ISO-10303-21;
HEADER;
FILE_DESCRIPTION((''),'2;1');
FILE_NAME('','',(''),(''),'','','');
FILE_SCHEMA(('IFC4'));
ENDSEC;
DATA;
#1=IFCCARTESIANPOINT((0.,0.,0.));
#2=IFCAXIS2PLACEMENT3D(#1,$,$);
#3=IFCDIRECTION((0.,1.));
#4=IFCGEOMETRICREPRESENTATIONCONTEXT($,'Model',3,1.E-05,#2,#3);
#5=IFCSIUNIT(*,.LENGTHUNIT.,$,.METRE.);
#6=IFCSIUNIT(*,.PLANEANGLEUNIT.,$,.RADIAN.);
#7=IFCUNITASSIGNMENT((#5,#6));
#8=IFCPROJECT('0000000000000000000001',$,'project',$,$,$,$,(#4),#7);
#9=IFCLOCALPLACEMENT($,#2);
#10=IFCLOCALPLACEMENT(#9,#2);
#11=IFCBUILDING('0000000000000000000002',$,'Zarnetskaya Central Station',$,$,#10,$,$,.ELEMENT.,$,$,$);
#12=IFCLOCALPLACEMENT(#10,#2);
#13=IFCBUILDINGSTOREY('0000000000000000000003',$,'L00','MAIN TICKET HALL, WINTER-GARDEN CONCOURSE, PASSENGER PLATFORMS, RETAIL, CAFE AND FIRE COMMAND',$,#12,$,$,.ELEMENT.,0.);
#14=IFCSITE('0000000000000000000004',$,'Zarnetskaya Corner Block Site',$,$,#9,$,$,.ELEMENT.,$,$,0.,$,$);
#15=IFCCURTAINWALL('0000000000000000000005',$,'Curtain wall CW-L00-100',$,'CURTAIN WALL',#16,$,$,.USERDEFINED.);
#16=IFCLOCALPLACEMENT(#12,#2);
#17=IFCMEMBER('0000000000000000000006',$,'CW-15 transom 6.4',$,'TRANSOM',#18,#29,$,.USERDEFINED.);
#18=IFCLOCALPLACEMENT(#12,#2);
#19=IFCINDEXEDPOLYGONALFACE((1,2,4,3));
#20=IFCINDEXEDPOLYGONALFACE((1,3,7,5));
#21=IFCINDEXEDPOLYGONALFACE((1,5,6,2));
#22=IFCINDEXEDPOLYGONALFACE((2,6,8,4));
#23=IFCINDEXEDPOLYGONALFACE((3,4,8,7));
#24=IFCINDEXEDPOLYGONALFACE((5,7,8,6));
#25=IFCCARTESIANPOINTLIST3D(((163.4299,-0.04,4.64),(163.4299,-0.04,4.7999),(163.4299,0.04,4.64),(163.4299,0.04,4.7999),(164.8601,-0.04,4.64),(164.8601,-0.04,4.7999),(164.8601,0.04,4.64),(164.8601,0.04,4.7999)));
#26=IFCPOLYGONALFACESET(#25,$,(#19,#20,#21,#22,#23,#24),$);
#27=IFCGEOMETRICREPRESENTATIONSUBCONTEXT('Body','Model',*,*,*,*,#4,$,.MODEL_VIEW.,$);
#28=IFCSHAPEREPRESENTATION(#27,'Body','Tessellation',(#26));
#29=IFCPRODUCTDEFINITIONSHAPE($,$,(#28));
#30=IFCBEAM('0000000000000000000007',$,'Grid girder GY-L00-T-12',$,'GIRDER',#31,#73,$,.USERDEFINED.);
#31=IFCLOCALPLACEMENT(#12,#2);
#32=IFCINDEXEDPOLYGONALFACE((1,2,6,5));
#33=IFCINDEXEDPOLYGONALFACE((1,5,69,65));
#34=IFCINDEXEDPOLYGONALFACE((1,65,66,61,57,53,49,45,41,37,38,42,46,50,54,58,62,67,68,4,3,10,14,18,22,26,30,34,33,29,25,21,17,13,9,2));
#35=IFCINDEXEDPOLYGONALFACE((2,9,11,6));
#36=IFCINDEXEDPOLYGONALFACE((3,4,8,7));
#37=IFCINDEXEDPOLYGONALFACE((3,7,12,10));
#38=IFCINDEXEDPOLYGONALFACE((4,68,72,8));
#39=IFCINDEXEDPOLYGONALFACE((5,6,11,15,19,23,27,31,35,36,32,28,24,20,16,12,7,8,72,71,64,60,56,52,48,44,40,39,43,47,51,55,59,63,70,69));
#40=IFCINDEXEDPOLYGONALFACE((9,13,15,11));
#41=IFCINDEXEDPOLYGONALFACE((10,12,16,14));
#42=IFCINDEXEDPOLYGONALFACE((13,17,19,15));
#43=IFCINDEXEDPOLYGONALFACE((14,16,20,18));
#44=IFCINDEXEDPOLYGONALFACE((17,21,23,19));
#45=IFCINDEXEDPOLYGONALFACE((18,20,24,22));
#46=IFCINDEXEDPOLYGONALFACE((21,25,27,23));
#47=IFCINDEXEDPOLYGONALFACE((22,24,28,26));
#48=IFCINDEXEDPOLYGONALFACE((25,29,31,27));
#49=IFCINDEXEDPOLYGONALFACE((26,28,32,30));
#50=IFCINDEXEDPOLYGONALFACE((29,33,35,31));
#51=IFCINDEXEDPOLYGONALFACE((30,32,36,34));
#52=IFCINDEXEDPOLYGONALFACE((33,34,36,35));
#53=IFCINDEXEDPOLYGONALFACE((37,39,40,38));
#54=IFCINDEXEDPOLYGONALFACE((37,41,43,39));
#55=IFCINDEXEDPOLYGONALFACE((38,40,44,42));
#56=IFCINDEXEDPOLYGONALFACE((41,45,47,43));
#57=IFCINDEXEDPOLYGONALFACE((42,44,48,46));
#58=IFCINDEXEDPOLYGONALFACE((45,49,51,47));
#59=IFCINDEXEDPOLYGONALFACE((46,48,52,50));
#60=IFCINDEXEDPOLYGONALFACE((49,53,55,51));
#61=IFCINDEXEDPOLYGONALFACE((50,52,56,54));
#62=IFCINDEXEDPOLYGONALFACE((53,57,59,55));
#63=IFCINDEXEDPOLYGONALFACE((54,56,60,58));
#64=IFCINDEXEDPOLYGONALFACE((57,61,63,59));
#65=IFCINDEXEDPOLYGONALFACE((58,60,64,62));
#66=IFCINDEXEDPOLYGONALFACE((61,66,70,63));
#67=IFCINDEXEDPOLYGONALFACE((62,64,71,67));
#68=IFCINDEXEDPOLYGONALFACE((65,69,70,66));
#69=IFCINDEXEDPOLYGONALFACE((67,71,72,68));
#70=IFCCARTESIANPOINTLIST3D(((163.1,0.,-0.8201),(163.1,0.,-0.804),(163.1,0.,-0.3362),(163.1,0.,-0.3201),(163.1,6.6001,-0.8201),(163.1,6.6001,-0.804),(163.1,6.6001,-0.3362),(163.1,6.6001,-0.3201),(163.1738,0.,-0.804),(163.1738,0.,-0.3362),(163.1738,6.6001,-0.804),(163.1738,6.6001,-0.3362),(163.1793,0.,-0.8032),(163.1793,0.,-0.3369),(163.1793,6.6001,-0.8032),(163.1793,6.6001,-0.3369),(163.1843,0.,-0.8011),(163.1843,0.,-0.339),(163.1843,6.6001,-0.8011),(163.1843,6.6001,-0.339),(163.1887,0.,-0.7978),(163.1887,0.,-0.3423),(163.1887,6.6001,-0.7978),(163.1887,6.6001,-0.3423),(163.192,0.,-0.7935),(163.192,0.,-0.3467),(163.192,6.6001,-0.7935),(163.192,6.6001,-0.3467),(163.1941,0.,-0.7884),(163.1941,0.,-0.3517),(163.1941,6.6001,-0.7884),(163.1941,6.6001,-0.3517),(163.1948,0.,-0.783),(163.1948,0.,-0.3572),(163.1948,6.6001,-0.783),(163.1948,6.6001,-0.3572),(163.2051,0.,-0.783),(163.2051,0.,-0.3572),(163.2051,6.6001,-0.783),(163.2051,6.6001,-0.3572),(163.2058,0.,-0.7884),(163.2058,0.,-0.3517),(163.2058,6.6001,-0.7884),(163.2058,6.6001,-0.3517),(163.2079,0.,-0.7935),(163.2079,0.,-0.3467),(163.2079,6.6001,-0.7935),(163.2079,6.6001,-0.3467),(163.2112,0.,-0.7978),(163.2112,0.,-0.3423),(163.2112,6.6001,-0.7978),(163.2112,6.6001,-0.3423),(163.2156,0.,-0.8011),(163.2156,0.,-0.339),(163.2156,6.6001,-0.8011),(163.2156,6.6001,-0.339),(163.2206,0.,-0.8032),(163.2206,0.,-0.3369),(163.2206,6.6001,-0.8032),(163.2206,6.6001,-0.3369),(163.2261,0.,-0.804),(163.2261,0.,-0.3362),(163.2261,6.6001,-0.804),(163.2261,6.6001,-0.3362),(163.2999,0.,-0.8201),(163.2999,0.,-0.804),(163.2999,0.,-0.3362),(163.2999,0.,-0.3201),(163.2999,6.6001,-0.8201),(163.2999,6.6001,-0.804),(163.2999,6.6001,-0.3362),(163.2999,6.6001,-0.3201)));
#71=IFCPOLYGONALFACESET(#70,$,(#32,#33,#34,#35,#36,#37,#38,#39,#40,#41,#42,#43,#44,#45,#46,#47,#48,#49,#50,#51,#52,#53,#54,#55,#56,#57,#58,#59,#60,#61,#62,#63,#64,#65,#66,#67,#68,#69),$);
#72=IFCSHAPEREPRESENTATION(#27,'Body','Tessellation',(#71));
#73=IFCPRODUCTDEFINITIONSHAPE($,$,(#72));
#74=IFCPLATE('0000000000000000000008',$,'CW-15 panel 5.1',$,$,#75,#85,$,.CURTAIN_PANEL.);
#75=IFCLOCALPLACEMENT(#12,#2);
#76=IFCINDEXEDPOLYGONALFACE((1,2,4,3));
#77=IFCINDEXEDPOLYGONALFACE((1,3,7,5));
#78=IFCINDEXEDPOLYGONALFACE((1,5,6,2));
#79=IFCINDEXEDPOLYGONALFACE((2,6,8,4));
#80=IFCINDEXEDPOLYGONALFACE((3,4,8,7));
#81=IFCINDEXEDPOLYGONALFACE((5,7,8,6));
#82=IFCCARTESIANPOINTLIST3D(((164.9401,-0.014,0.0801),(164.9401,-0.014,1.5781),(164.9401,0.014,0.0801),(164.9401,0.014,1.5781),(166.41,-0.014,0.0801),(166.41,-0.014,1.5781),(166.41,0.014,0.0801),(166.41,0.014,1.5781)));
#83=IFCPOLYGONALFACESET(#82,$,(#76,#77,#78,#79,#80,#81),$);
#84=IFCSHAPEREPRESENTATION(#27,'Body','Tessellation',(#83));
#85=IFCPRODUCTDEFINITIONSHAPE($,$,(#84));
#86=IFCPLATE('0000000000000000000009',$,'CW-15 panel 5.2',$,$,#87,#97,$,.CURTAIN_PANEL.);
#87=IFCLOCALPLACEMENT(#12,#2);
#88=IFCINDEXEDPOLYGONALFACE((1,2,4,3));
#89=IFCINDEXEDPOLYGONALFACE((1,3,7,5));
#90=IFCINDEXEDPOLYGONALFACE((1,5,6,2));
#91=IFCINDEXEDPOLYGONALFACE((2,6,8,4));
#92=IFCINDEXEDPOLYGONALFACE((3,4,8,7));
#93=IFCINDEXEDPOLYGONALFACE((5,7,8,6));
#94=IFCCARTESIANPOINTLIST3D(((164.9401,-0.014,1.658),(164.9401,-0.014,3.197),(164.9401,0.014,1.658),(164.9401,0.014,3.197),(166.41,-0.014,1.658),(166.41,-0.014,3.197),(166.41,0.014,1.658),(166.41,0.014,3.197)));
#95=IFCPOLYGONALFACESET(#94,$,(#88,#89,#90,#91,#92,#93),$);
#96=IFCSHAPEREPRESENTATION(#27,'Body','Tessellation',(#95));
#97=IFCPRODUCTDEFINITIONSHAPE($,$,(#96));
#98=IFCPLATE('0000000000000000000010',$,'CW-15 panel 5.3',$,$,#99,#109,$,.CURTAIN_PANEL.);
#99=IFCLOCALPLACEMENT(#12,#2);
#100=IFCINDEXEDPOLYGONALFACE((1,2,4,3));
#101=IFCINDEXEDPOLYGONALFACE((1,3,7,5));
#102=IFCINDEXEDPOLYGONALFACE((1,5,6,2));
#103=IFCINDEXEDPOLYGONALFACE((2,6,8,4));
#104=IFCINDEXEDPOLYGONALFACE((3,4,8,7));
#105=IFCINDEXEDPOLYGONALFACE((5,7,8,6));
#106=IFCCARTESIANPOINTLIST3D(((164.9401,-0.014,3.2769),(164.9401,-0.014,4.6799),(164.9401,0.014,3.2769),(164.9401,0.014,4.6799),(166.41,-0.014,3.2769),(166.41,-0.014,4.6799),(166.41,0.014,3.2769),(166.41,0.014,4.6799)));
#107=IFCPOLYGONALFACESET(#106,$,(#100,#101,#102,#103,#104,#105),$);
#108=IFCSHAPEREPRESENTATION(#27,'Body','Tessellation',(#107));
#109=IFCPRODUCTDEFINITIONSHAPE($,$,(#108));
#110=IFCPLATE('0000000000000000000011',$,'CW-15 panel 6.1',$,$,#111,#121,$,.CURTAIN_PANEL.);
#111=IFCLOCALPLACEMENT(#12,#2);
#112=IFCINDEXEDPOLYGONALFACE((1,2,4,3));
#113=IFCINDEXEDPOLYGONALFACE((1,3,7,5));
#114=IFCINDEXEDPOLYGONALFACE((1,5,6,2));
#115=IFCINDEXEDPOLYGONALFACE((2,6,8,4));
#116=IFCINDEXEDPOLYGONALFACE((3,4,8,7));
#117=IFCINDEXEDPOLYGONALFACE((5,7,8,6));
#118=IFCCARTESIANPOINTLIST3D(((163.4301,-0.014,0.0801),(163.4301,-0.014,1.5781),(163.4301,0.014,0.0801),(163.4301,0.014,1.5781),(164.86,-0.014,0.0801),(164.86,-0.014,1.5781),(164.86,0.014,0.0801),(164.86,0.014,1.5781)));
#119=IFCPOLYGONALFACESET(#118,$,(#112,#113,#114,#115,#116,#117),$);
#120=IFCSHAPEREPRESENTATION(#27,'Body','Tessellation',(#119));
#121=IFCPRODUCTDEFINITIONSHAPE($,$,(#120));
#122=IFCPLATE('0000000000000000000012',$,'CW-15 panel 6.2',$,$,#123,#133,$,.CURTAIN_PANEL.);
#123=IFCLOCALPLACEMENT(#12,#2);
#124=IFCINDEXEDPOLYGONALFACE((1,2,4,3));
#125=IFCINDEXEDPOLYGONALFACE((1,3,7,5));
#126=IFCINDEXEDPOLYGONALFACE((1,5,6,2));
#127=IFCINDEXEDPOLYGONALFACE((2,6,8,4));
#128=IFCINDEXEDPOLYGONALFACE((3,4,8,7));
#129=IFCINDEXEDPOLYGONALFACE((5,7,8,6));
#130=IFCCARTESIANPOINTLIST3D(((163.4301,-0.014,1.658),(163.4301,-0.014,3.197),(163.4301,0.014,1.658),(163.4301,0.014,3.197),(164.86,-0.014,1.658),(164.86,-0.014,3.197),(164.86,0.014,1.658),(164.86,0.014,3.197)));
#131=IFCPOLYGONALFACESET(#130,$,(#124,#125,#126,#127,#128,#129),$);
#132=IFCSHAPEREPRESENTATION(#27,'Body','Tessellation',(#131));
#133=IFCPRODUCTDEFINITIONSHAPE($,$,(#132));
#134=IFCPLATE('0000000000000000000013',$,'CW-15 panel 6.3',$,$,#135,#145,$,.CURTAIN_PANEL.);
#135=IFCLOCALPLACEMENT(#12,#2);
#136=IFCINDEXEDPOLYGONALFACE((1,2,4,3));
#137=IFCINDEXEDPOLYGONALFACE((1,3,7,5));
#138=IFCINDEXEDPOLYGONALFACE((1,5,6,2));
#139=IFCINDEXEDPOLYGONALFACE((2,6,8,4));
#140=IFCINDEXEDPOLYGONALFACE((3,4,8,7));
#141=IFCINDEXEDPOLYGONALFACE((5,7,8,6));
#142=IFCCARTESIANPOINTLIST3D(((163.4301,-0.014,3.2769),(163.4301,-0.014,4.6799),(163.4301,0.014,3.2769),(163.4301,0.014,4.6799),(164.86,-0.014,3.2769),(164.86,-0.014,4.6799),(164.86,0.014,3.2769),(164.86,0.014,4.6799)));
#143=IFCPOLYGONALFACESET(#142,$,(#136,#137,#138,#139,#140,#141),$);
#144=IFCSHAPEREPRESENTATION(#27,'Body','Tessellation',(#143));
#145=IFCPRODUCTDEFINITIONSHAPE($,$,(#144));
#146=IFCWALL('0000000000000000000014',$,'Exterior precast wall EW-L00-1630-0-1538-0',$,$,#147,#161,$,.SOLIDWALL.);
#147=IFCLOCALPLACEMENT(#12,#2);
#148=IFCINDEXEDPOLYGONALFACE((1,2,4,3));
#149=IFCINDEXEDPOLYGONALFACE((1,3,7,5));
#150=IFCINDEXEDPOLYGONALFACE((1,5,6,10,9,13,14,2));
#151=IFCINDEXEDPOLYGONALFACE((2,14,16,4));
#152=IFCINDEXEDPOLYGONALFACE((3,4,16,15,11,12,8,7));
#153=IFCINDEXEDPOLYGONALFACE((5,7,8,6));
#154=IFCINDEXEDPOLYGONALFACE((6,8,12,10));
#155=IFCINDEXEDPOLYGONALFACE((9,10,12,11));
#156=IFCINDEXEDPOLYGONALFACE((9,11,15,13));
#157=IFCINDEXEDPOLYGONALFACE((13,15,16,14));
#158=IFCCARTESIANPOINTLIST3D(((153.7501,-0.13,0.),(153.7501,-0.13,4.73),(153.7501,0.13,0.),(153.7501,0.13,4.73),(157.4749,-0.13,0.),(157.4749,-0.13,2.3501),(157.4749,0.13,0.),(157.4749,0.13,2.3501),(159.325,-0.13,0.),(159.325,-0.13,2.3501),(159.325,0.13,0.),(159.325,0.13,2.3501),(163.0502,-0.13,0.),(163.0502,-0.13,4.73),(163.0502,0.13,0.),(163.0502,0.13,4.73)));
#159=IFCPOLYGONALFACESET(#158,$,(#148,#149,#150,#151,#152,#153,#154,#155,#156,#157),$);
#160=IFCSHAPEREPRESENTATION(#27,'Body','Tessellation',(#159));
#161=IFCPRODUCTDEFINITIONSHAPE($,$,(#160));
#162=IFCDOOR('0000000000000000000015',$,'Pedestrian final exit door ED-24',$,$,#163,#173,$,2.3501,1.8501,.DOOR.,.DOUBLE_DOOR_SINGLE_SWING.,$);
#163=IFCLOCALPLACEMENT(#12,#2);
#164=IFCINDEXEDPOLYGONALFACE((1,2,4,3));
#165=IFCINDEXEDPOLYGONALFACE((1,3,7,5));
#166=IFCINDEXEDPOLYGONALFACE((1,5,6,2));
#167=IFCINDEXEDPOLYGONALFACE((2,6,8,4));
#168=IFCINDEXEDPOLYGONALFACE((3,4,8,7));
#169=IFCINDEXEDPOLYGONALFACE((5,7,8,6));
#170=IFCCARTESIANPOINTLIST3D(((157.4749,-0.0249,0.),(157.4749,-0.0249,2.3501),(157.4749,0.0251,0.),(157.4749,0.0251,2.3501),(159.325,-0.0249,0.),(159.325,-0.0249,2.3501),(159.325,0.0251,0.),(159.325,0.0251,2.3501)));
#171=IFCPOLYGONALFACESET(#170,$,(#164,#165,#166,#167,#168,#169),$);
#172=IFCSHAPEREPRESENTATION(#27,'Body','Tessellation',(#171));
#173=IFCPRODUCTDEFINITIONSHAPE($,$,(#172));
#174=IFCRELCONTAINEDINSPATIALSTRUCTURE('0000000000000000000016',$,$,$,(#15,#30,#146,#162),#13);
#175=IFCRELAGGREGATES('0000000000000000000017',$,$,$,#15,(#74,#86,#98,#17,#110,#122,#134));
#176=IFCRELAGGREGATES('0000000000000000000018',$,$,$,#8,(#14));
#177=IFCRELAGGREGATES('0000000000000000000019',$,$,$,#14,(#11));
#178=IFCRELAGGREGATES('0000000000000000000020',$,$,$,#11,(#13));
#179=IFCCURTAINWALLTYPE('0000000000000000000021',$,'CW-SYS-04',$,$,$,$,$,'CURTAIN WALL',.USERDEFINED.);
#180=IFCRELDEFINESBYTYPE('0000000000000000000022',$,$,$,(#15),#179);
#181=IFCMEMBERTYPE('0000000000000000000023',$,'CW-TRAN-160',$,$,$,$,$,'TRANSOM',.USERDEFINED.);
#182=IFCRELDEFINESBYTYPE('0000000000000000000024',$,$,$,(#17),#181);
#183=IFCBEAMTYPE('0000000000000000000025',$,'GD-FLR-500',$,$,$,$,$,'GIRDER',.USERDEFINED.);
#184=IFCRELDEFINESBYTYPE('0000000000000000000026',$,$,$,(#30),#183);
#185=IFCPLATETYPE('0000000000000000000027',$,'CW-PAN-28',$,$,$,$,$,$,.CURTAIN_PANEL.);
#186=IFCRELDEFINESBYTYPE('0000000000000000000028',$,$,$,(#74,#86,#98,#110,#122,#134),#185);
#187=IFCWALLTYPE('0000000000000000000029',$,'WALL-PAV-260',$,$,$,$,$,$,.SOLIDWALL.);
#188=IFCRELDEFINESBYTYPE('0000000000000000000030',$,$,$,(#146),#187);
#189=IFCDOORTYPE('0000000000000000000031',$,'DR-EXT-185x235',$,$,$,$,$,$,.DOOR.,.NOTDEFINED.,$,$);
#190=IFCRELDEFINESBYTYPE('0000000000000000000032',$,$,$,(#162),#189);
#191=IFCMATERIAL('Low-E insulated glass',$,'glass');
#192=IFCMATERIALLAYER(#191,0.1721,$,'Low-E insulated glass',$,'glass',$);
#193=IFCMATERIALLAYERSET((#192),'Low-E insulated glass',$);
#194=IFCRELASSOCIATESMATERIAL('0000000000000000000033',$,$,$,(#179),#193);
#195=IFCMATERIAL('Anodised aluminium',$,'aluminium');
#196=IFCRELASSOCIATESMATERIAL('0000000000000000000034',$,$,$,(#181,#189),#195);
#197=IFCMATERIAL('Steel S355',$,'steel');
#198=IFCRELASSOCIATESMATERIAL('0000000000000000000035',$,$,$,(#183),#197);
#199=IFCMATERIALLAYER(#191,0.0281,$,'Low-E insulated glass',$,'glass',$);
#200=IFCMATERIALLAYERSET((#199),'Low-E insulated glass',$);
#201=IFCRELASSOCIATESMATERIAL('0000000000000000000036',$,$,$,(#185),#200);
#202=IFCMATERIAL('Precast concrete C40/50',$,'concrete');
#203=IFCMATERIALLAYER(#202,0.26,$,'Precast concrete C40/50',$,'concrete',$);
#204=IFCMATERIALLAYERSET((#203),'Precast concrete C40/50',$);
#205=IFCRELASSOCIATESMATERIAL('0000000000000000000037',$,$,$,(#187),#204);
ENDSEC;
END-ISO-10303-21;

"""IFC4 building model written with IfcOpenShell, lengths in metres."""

from ifc_helpers import new_model, si_unit, direction, frame, frame_2d, origin, origin_2d, place, context, subcontext, project, spatial, rectangle, i_section, extrude, material, layer, layer_set, material_profile, profile_set, type_object, element, fill, aggregate, save


model = new_model("IFC4")

# Units and contexts
model_context = context("Model", 3, precision=1e-05, world=origin(), true_north=direction((0.0, 1.0)))
body_context = subcontext(model_context, "Body", "Model", "MODEL_VIEW")
ifc_project = project(units=[si_unit("LENGTHUNIT", "METRE"), si_unit("PLANEANGLEUNIT", "RADIAN")], contexts=[model_context])

# Site, building, storey
site_placement = place(None, origin())
site = spatial("IfcSite", under=ifc_project, at=site_placement, Name="Zarnetskaya Corner Block Site", CompositionType="ELEMENT", RefElevation=0.0)
building_placement = place(site_placement, origin())
building = spatial("IfcBuilding", under=site, at=building_placement, Name="Zarnetskaya Central Station", CompositionType="ELEMENT")
storey_placement = place(building_placement, origin())
storey = spatial("IfcBuildingStorey", under=building, at=storey_placement, Name="L00", Description="MAIN TICKET HALL, WINTER-GARDEN CONCOURSE, PASSENGER PLATFORMS, RETAIL, CAFE AND FIRE COMMAND", CompositionType="ELEMENT", Elevation=0.0)

# Shared definitions
ifc_material_1 = material(Name="Steel S355", Category="steel")

# Curtain wall, member
ifc_material_2 = material(Name="Low-E insulated glass", Category="glass")
ifc_layer_1 = layer(ifc_material_2, 0.1721, Name="Low-E insulated glass", Category="glass")
ifc_layer_set_1 = layer_set([ifc_layer_1], Name="Low-E insulated glass")
curtain_wall_type = type_object("IfcCurtainWallType", Name="CW-SYS-04", ElementType="CURTAIN WALL", PredefinedType="USERDEFINED", material=ifc_layer_set_1)
curtain_wall_placement = place(storey_placement, origin())
curtain_wall = element("IfcCurtainWall", 1, at=curtain_wall_placement, inside=storey, type_object=curtain_wall_type, Name="Curtain wall CW-L00-100", ObjectType="CURTAIN WALL", PredefinedType="USERDEFINED")
ifc_material_3 = material(Name="Anodised aluminium", Category="aluminium")
ifc_material_profile_1 = material_profile(ifc_material_3, rectangle(XDim=0.0801, YDim=0.1599, at=origin_2d()), Name="ALU TRAN 80x160")
ifc_profile_set_1 = profile_set([ifc_material_profile_1], Name="Anodised aluminium")
member_type_1 = type_object("IfcMemberType", Name="CW-TRAN-160", ElementType="TRANSOM", PredefinedType="USERDEFINED", material=ifc_profile_set_1)
member_1_placement = place(storey_placement, frame((164.8601, 0.0, 4.72), z_axis=(-1.0, 0.0, 0.0), x_axis=(0.0, -1.0, 0.0)))
member_1 = element("IfcMember", 2, at=member_1_placement, type_object=member_type_1, Name="CW-15 transom 6.4", ObjectType="TRANSOM", PredefinedType="USERDEFINED", context=body_context, shape_type="SweptSolid", body=[
    extrude(rectangle(XDim=0.0801, YDim=0.1599, at=origin_2d()), origin(), (0.0, 0.0, 1.0), 1.4302),
])

# Beam
ifc_material_profile_2 = material_profile(ifc_material_1, i_section(OverallWidth=0.2, OverallDepth=0.5, WebThickness=0.0103, FlangeThickness=0.0161, FilletRadius=0.021, at=origin_2d()), Name="IPE 500")
ifc_profile_set_2 = profile_set([ifc_material_profile_2], Name="Steel S355")
beam_type_1 = type_object("IfcBeamType", Name="GD-FLR-500", ElementType="GIRDER", PredefinedType="USERDEFINED", material=ifc_profile_set_2)
beam_1_placement = place(storey_placement, frame((163.2, 0.0, -0.5701), z_axis=(0.0, 1.0, 0.0), x_axis=(-1.0, 0.0, 0.0)))
element("IfcBeam", 3, at=beam_1_placement, inside=storey, type_object=beam_type_1, Name="Grid girder GY-L00-T-12", ObjectType="GIRDER", PredefinedType="USERDEFINED", context=body_context, shape_type="SweptSolid", body=[
    extrude(i_section(OverallWidth=0.2, OverallDepth=0.5, WebThickness=0.0103, FlangeThickness=0.0161, FilletRadius=0.021, at=origin_2d()), origin(), (0.0, 0.0, 1.0), 6.6001),
])

# Plates
ifc_layer_2 = layer(ifc_material_2, 0.0281, Name="Low-E insulated glass", Category="glass")
ifc_layer_set_2 = layer_set([ifc_layer_2], Name="Low-E insulated glass")
plate_type = type_object("IfcPlateType", Name="CW-PAN-28", PredefinedType="CURTAIN_PANEL", material=ifc_layer_set_2)
plate_1_placement = place(storey_placement, frame((165.675, 0.0, 0.0801), z_axis=(0.0, 0.0, 1.0), x_axis=(-1.0, 0.0, 0.0)))
plate_1 = element("IfcPlate", 4, at=plate_1_placement, type_object=plate_type, Name="CW-15 panel 5.1", PredefinedType="CURTAIN_PANEL", context=body_context, shape_type="SweptSolid", body=[
    extrude(rectangle(XDim=1.47, YDim=0.0281, at=origin_2d()), origin(), (0.0, 0.0, 1.0), 1.498),
])
plate_2_placement = place(storey_placement, frame((165.675, 0.0, 1.658), z_axis=(0.0, 0.0, 1.0), x_axis=(-1.0, 0.0, 0.0)))
plate_2 = element("IfcPlate", 5, at=plate_2_placement, type_object=plate_type, Name="CW-15 panel 5.2", PredefinedType="CURTAIN_PANEL", context=body_context, shape_type="SweptSolid", body=[
    extrude(rectangle(XDim=1.47, YDim=0.0281, at=origin_2d()), origin(), (0.0, 0.0, 1.0), 1.5391),
])
plate_3_placement = place(storey_placement, frame((165.675, 0.0, 3.2769), z_axis=(0.0, 0.0, 1.0), x_axis=(-1.0, 0.0, 0.0)))
plate_3 = element("IfcPlate", 6, at=plate_3_placement, type_object=plate_type, Name="CW-15 panel 5.3", PredefinedType="CURTAIN_PANEL", context=body_context, shape_type="SweptSolid", body=[
    extrude(rectangle(XDim=1.47, YDim=0.0281, at=origin_2d()), origin(), (0.0, 0.0, 1.0), 1.4031),
])
plate_4_placement = place(storey_placement, frame((164.145, 0.0, 0.0801), z_axis=(0.0, 0.0, 1.0), x_axis=(-1.0, 0.0, 0.0)))
plate_4 = element("IfcPlate", 7, at=plate_4_placement, type_object=plate_type, Name="CW-15 panel 6.1", PredefinedType="CURTAIN_PANEL", context=body_context, shape_type="SweptSolid", body=[
    extrude(rectangle(XDim=1.4299, YDim=0.0281, at=origin_2d()), origin(), (0.0, 0.0, 1.0), 1.498),
])
plate_5_placement = place(storey_placement, frame((164.145, 0.0, 1.658), z_axis=(0.0, 0.0, 1.0), x_axis=(-1.0, 0.0, 0.0)))
plate_5 = element("IfcPlate", 8, at=plate_5_placement, type_object=plate_type, Name="CW-15 panel 6.2", PredefinedType="CURTAIN_PANEL", context=body_context, shape_type="SweptSolid", body=[
    extrude(rectangle(XDim=1.4299, YDim=0.0281, at=origin_2d()), origin(), (0.0, 0.0, 1.0), 1.5391),
])
plate_6_placement = place(storey_placement, frame((164.145, 0.0, 3.2769), z_axis=(0.0, 0.0, 1.0), x_axis=(-1.0, 0.0, 0.0)))
plate_6 = element("IfcPlate", 9, at=plate_6_placement, type_object=plate_type, Name="CW-15 panel 6.3", PredefinedType="CURTAIN_PANEL", context=body_context, shape_type="SweptSolid", body=[
    extrude(rectangle(XDim=1.4299, YDim=0.0281, at=origin_2d()), origin(), (0.0, 0.0, 1.0), 1.4031),
])
aggregate(curtain_wall, [plate_1, plate_2, plate_3, member_1, plate_4, plate_5, plate_6])

# Wall, opening, door
ifc_material_4 = material(Name="Precast concrete C40/50", Category="concrete")
ifc_layer_3 = layer(ifc_material_4, 0.26, Name="Precast concrete C40/50", Category="concrete")
ifc_layer_set_3 = layer_set([ifc_layer_3], Name="Precast concrete C40/50")
wall_type = type_object("IfcWallType", Name="WALL-PAV-260", PredefinedType="SOLIDWALL", material=ifc_layer_set_3)
wall_placement = place(storey_placement, frame((163.05, 0.0, 0.0), z_axis=(0.0, 0.0, 1.0), x_axis=(-1.0, 0.0, 0.0)))
wall = element("IfcWall", 10, at=wall_placement, inside=storey, type_object=wall_type, Name="Exterior precast wall EW-L00-1630-0-1538-0", PredefinedType="SOLIDWALL", context=body_context, shape_type="SweptSolid", body=[
    extrude(rectangle(XDim=9.3, YDim=0.26, at=frame_2d((4.6499, 0.0))), origin(), (0.0, 0.0, 1.0), 4.73),
])
opening_placement = place(wall_placement, frame((3.7251, 0.0, 0.0)))
opening = element("IfcOpeningElement", 11, at=opening_placement, cuts=wall, PredefinedType="OPENING", context=body_context, shape_type="SweptSolid", body=[
    extrude(rectangle(XDim=1.8501, YDim=2.3501, at=frame_2d((0.925, 1.175))), frame((0.0, 0.1401, 0.0), z_axis=(0.0, -1.0, 0.0), x_axis=(1.0, 0.0, 0.0)), (0.0, 0.0, 1.0), 0.28),
])
door_type = type_object("IfcDoorType", Name="DR-EXT-185x235", OperationType="NOTDEFINED", PredefinedType="DOOR", material=ifc_material_3)
door_placement = place(opening_placement, origin())
door = element("IfcDoor", 12, at=door_placement, inside=storey, type_object=door_type, Name="Pedestrian final exit door ED-24", OperationType="DOUBLE_DOOR_SINGLE_SWING", OverallHeight=2.3501, OverallWidth=1.8501, PredefinedType="DOOR", context=body_context, shape_type="SweptSolid", body=[
    extrude(rectangle(XDim=1.8501, YDim=2.3501, at=frame_2d((0.925, 1.175))), frame((0.0, 0.0249, 0.0), z_axis=(0.0, -1.0, 0.0), x_axis=(1.0, 0.0, 0.0)), (0.0, 0.0, 1.0), 0.05),
])
fill(opening, door)

save(model, "model.ifc")
